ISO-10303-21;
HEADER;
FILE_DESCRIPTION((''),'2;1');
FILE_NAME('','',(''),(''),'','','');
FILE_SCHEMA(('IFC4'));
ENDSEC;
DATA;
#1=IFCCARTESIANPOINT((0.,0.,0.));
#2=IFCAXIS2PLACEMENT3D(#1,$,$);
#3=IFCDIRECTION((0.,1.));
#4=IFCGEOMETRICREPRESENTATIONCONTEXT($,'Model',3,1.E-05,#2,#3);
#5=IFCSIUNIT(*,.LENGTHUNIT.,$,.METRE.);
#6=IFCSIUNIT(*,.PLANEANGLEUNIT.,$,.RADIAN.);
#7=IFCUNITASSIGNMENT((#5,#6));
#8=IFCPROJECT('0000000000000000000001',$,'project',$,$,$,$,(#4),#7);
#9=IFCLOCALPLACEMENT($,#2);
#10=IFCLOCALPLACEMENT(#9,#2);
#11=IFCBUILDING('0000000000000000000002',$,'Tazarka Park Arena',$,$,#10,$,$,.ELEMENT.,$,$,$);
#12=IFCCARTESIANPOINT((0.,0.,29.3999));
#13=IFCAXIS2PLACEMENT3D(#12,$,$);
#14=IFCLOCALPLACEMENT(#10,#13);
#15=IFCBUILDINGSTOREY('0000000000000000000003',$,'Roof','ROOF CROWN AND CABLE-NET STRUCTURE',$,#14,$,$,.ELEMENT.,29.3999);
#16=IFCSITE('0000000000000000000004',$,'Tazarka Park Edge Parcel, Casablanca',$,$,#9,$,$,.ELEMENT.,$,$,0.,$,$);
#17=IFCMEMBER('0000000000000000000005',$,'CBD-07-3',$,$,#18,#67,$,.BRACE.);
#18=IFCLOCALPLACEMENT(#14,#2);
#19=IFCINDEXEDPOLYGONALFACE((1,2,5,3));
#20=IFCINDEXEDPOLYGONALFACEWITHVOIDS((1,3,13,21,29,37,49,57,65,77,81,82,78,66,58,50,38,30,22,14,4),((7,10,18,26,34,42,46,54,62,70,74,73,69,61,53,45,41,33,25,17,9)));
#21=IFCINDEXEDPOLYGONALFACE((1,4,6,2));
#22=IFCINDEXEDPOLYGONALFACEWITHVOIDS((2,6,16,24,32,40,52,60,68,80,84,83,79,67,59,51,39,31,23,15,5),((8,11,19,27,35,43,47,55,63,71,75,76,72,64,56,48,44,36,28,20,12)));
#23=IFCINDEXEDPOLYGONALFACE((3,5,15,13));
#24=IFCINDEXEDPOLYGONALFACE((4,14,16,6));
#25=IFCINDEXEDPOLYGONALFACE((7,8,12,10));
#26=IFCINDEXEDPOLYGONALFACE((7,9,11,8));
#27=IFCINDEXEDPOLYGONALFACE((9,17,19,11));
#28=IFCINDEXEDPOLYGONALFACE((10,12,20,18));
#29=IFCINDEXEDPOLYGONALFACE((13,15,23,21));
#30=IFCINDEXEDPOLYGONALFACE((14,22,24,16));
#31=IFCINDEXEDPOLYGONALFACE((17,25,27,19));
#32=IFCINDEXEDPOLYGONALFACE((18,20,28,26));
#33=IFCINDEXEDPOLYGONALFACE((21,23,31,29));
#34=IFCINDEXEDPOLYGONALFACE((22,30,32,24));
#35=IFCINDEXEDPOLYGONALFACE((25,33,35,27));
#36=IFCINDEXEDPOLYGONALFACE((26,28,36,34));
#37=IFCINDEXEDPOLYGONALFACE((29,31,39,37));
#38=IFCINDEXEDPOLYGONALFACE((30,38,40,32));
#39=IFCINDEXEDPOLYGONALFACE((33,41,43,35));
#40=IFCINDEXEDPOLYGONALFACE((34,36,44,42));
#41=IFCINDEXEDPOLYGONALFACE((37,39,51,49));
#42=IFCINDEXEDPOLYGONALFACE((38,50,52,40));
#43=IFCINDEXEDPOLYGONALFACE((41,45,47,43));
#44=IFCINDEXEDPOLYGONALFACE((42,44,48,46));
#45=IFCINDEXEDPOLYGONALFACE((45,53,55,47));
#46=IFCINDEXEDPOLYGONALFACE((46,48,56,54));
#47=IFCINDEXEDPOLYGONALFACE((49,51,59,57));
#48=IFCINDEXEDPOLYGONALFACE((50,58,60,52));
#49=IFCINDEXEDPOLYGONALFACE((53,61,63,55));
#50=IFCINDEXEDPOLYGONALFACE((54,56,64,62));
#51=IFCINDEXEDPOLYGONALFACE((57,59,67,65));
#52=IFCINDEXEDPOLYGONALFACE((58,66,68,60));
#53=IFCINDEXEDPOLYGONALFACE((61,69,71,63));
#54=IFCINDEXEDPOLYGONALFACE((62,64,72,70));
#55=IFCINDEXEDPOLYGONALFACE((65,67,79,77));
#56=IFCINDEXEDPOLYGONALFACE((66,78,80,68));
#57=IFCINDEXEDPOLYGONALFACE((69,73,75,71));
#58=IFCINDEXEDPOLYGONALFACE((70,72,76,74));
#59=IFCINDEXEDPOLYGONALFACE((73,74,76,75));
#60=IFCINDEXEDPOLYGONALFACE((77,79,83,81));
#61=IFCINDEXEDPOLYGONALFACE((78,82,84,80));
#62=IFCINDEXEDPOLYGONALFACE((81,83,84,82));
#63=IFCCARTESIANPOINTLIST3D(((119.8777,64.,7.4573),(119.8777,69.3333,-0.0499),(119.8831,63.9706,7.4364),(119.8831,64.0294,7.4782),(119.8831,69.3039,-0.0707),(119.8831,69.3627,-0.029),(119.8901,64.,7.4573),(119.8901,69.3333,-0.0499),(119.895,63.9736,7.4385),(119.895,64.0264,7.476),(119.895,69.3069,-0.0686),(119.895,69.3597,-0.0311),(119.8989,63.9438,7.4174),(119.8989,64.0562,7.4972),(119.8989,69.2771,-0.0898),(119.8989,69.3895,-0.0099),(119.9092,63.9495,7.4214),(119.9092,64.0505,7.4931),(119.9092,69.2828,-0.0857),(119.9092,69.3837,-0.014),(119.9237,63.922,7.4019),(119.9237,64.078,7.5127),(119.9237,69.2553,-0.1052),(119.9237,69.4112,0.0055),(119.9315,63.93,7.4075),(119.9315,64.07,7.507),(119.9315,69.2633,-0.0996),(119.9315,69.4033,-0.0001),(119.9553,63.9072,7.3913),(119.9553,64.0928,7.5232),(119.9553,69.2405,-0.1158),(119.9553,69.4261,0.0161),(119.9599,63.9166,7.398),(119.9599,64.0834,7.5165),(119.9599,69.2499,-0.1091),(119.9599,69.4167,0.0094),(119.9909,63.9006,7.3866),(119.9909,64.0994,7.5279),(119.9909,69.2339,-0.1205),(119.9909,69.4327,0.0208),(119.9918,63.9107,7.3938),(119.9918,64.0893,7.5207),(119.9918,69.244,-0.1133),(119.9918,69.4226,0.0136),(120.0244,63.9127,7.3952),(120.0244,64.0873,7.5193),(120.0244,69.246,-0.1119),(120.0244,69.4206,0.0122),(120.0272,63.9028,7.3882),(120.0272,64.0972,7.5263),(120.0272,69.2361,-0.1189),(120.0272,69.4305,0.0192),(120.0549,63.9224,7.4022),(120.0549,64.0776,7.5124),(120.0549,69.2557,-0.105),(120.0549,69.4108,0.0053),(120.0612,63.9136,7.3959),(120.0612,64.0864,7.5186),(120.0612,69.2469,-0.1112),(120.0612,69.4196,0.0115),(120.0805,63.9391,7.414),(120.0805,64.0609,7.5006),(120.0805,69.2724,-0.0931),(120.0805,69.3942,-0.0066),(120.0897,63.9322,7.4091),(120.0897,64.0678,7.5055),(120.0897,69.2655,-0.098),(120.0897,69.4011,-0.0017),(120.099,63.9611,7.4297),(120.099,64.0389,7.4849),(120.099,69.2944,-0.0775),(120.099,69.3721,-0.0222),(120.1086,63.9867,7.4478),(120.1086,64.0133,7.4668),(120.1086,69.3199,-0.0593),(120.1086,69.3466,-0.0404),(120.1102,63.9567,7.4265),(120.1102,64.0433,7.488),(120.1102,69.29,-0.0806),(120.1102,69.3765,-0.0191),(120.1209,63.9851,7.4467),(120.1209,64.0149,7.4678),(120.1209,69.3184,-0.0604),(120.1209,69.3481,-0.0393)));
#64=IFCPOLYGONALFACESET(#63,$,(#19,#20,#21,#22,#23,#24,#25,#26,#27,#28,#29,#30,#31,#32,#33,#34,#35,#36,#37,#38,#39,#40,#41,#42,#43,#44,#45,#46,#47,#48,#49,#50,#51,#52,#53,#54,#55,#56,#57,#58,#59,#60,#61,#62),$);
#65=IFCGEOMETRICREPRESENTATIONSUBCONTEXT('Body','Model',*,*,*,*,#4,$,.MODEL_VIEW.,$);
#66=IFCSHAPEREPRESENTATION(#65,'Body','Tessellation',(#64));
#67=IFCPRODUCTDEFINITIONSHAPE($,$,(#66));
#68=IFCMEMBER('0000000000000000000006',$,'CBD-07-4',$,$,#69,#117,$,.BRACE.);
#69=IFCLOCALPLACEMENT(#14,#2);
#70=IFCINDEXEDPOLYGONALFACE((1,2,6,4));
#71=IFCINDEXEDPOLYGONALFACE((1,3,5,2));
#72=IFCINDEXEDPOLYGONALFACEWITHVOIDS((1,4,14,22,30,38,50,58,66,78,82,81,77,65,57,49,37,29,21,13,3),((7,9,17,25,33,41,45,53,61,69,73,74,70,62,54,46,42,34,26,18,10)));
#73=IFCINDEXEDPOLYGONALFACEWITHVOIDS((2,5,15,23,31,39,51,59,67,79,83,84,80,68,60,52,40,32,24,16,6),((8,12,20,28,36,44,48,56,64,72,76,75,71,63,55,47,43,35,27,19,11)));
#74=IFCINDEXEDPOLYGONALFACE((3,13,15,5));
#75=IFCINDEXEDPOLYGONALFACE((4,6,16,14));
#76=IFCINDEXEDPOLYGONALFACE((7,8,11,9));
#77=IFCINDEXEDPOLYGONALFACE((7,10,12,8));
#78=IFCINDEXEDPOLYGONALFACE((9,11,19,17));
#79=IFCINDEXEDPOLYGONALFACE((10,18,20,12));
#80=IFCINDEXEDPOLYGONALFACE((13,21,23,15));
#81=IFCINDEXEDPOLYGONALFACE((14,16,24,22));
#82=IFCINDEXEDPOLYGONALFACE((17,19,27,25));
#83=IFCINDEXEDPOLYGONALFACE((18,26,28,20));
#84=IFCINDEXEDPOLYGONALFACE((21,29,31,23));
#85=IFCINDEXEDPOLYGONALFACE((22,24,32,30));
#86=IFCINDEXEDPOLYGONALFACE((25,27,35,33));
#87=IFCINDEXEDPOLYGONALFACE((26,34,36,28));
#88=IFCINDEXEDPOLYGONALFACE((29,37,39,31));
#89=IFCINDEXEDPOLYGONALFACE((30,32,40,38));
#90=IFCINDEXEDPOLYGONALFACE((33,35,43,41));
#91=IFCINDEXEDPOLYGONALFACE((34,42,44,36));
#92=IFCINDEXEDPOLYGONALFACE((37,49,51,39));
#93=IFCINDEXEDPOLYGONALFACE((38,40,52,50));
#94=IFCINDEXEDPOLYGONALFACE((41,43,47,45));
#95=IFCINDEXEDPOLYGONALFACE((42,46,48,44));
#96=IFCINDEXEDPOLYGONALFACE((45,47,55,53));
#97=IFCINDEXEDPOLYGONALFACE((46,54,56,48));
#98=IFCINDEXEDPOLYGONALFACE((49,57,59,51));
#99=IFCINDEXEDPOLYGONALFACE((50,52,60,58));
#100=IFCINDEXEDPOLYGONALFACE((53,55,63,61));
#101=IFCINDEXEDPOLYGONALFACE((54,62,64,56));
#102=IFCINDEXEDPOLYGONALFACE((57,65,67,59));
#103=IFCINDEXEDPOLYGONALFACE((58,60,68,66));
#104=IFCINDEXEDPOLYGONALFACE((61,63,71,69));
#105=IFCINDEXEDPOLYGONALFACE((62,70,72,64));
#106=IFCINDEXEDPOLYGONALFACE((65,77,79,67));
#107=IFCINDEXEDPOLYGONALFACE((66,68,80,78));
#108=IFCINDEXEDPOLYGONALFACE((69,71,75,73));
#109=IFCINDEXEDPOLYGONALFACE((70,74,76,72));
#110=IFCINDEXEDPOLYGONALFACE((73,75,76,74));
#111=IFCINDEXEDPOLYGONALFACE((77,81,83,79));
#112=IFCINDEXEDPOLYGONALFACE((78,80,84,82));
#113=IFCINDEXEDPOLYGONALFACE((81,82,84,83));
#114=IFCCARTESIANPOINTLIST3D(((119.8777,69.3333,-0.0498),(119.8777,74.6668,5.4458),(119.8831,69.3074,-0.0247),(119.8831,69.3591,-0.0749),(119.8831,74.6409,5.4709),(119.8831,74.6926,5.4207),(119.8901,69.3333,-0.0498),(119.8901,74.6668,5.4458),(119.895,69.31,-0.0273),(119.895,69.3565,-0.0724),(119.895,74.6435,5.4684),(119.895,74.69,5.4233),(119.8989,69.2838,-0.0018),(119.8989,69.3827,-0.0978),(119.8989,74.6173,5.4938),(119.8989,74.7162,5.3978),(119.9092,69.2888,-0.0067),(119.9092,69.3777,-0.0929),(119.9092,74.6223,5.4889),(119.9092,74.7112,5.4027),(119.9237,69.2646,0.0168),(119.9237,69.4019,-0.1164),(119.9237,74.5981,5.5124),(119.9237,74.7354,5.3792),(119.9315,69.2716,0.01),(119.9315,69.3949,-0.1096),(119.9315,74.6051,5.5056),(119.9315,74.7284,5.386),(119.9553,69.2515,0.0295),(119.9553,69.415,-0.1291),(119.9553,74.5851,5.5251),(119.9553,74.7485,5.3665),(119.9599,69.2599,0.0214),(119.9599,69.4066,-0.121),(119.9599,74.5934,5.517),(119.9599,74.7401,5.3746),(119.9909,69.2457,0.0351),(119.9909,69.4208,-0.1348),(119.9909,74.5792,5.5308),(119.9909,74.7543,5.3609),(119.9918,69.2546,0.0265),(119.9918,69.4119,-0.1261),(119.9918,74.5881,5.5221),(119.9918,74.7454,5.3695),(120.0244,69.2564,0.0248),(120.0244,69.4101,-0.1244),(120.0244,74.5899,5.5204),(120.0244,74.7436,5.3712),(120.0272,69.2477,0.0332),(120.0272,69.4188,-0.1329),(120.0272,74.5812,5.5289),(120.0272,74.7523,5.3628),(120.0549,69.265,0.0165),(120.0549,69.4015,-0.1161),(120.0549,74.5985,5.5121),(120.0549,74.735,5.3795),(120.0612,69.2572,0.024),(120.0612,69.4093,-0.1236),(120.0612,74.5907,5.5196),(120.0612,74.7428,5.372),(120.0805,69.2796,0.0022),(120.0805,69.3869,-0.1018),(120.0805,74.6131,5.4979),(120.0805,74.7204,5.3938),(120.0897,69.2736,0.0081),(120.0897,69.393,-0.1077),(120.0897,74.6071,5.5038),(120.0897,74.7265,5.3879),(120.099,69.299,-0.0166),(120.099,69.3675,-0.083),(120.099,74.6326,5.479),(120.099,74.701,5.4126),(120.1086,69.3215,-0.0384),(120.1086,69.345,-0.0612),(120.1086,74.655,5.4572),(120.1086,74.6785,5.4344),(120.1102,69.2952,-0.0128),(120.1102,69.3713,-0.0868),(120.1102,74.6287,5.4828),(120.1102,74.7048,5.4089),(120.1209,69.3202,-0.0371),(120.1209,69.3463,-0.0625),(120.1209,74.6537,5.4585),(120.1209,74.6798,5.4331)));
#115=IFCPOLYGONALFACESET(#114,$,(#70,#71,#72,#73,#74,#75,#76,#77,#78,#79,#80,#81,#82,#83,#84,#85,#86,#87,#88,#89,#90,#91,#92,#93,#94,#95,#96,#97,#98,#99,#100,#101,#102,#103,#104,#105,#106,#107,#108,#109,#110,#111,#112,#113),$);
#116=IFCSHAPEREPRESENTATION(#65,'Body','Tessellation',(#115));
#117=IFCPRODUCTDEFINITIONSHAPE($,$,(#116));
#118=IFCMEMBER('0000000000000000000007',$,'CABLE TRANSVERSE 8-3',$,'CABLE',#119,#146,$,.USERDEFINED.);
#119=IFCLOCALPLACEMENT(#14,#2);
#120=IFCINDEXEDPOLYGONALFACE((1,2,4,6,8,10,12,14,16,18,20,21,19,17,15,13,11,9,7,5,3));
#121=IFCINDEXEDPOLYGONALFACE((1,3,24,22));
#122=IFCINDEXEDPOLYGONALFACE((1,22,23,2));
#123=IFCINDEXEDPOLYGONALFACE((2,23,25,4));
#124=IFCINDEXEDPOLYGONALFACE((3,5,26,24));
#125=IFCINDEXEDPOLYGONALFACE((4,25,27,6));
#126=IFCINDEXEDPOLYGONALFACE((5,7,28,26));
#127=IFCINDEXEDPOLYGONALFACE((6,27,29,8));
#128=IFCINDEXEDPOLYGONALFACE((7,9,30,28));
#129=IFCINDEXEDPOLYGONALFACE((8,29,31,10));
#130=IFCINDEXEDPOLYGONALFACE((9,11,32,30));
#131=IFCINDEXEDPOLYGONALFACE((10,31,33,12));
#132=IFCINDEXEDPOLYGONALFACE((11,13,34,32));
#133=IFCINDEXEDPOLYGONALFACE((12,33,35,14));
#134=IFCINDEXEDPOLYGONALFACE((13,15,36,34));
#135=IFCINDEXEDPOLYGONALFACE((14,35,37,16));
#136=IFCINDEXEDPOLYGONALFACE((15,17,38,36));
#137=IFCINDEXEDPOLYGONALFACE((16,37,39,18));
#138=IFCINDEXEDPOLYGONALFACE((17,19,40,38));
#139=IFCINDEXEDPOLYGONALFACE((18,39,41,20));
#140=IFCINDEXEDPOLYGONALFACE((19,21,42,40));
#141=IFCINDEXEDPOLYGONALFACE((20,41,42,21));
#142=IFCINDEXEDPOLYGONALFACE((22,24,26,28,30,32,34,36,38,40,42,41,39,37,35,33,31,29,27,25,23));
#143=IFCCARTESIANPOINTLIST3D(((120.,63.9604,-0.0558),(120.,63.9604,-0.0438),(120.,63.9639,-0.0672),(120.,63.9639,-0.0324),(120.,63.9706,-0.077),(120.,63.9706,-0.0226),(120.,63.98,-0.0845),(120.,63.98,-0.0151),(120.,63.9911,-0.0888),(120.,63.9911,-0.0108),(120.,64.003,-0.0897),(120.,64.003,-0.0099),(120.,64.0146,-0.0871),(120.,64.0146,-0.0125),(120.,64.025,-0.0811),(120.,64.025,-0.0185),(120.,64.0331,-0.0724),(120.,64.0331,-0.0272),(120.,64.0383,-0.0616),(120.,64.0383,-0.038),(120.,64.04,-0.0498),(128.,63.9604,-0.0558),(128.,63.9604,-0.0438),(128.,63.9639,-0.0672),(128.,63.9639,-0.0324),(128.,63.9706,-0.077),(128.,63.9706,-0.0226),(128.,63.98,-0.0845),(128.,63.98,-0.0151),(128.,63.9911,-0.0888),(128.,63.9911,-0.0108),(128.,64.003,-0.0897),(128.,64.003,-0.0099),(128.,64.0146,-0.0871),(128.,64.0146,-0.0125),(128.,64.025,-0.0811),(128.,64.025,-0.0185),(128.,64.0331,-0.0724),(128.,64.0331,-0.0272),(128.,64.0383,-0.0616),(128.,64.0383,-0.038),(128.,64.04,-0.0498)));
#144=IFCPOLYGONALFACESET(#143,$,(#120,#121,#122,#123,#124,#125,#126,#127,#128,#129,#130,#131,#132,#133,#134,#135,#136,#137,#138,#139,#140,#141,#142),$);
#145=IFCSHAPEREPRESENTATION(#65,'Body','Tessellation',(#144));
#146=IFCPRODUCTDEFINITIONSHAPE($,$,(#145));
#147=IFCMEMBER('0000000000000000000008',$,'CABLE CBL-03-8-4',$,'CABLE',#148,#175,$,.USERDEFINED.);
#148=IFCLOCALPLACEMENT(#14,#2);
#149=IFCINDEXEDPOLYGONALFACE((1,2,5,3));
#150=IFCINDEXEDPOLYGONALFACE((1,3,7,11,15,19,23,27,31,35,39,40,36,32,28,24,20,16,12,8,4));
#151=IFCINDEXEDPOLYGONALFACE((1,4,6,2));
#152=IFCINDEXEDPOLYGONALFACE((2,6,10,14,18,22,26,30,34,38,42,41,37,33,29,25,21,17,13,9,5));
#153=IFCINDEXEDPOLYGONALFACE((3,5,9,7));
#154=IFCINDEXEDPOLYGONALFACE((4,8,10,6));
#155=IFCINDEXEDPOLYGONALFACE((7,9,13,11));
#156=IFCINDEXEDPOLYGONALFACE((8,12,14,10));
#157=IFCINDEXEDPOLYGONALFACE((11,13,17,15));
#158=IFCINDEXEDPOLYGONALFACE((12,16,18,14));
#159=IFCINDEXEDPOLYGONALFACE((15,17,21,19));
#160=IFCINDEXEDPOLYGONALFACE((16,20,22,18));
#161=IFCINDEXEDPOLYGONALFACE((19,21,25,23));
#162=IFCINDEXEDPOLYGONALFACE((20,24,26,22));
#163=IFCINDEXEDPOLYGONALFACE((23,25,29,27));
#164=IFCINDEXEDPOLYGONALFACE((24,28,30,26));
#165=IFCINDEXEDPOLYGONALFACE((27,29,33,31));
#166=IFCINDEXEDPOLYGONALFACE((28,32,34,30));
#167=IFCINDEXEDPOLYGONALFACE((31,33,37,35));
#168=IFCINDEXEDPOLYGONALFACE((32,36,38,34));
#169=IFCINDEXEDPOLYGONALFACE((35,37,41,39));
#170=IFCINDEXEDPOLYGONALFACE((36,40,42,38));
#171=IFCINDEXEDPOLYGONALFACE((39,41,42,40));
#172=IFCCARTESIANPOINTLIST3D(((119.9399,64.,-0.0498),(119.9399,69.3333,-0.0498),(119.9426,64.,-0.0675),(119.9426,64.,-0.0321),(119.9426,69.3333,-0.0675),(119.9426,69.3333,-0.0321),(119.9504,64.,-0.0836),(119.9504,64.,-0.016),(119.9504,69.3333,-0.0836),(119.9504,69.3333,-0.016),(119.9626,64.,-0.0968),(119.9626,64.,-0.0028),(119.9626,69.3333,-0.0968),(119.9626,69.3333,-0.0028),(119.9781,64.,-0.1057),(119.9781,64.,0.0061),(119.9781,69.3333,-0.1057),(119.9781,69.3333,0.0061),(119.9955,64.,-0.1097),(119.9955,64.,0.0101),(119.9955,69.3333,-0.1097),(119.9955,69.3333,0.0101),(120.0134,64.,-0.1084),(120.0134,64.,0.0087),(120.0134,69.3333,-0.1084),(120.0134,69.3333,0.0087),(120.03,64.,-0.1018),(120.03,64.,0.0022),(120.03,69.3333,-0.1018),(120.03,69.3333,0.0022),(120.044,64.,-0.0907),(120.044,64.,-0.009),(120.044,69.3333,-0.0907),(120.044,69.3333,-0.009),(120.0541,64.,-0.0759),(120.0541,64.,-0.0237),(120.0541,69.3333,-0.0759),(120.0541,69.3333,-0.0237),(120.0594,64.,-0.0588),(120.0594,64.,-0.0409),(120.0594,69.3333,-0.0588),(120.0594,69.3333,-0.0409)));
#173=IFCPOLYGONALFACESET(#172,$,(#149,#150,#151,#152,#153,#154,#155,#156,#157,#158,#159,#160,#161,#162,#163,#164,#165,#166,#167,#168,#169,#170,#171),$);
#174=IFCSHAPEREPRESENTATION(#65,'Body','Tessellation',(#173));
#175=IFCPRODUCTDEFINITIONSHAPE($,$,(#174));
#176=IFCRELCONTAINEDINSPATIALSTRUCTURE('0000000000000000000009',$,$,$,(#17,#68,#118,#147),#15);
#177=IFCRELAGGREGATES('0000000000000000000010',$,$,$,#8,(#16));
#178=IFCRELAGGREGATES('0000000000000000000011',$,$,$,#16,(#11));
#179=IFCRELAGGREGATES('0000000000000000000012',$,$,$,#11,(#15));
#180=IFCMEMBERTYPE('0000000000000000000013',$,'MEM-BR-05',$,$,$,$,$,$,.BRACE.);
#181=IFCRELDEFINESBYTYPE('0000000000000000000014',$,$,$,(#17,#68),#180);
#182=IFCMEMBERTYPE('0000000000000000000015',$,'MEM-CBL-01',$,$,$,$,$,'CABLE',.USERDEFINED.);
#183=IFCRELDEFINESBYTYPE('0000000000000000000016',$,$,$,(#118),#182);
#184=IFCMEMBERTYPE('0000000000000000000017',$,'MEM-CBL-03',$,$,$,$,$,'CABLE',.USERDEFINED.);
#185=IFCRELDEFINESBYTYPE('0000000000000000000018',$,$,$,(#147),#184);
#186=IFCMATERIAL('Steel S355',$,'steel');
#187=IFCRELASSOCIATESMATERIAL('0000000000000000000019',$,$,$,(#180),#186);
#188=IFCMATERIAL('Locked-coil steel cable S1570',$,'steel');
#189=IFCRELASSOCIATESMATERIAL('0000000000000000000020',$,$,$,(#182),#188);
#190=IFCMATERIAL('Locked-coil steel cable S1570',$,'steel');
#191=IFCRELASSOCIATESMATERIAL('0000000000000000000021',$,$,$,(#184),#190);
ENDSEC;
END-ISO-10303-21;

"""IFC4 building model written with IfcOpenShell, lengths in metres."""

from ifc_helpers import new_model, si_unit, direction, frame, origin, origin_2d, place, context, subcontext, project, spatial, circle, hollow_circle, extrude, material, material_profile, profile_set, type_object, element, save


model = new_model("IFC4")

# Units and contexts
model_context = context("Model", 3, precision=1e-05, world=origin(), true_north=direction((0.0, 1.0)))
body_context = subcontext(model_context, "Body", "Model", "MODEL_VIEW")
ifc_project = project(units=[si_unit("LENGTHUNIT", "METRE"), si_unit("PLANEANGLEUNIT", "RADIAN")], contexts=[model_context])

# Site, building, storey
site_placement = place(None, origin())
site = spatial("IfcSite", under=ifc_project, at=site_placement, Name="Tazarka Park Edge Parcel, Casablanca", CompositionType="ELEMENT", RefElevation=0.0)
building_placement = place(site_placement, origin())
building = spatial("IfcBuilding", under=site, at=building_placement, Name="Tazarka Park Arena", CompositionType="ELEMENT")
storey_placement = place(building_placement, frame((0.0, 0.0, 29.3999)))
storey = spatial("IfcBuildingStorey", under=building, at=storey_placement, Name="Roof", Description="ROOF CROWN AND CABLE-NET STRUCTURE", CompositionType="ELEMENT", Elevation=29.3999)

# Members
ifc_material_1 = material(Name="Steel S355", Category="steel")
ifc_material_profile_1 = material_profile(ifc_material_1, hollow_circle(Radius=0.1223, WallThickness=0.0125, at=origin_2d()), Name="Steel S355")
ifc_profile_set_1 = profile_set([ifc_material_profile_1], Name="Steel S355")
member_type_1 = type_object("IfcMemberType", Name="MEM-BR-05", PredefinedType="BRACE", material=ifc_profile_set_1)
member_1_placement = place(storey_placement, frame((120.0, 64.0, 7.4573), z_axis=(0.0, 0.579155, -0.815218), x_axis=(-1.0, 0.0, 0.0)))
element("IfcMember", 1, at=member_1_placement, inside=storey, type_object=member_type_1, Name="CBD-07-3", PredefinedType="BRACE", context=body_context, shape_type="SweptSolid", body=[
    extrude(hollow_circle(Radius=0.1223, WallThickness=0.0125, at=origin_2d()), origin(), (0.0, 0.0, 1.0), 9.2087),
])
member_2_placement = place(storey_placement, frame((120.0, 69.3333, -0.0498), z_axis=(0.0, 0.696444, 0.717612), x_axis=(-1.0, 0.0, 0.0)))
element("IfcMember", 2, at=member_2_placement, inside=storey, type_object=member_type_1, Name="CBD-07-4", PredefinedType="BRACE", context=body_context, shape_type="SweptSolid", body=[
    extrude(hollow_circle(Radius=0.1223, WallThickness=0.0125, at=origin_2d()), origin(), (0.0, 0.0, 1.0), 7.6582),
])
ifc_material_2 = material(Name="Locked-coil steel cable S1570", Category="steel")
ifc_material_profile_2 = material_profile(ifc_material_2, circle(Radius=0.04, at=origin_2d()), Name="Locked-coil steel cable S1570")
ifc_profile_set_2 = profile_set([ifc_material_profile_2], Name="Locked-coil steel cable S1570")
member_type_2 = type_object("IfcMemberType", Name="MEM-CBL-01", ElementType="CABLE", PredefinedType="USERDEFINED", material=ifc_profile_set_2)
member_3_placement = place(storey_placement, frame((120.0, 64.0, -0.0498), z_axis=(1.0, 0.0, 0.0), x_axis=(0.0, 1.0, 0.0)))
element("IfcMember", 3, at=member_3_placement, inside=storey, type_object=member_type_2, Name="CABLE TRANSVERSE 8-3", ObjectType="CABLE", PredefinedType="USERDEFINED", context=body_context, shape_type="SweptSolid", body=[
    extrude(circle(Radius=0.04, at=origin_2d()), origin(), (0.0, 0.0, 1.0), 8.0),
])
ifc_material_3 = material(Name="Locked-coil steel cable S1570", Category="steel")
ifc_material_profile_3 = material_profile(ifc_material_3, circle(Radius=0.0601, at=origin_2d()), Name="Locked-coil steel cable S1570")
ifc_profile_set_3 = profile_set([ifc_material_profile_3], Name="Locked-coil steel cable S1570")
member_type_3 = type_object("IfcMemberType", Name="MEM-CBL-03", ElementType="CABLE", PredefinedType="USERDEFINED", material=ifc_profile_set_3)
member_4_placement = place(storey_placement, frame((120.0, 64.0, -0.0498), z_axis=(0.0, 1.0, 0.0), x_axis=(-1.0, 0.0, 0.0)))
element("IfcMember", 4, at=member_4_placement, inside=storey, type_object=member_type_3, Name="CABLE CBL-03-8-4", ObjectType="CABLE", PredefinedType="USERDEFINED", context=body_context, shape_type="SweptSolid", body=[
    extrude(circle(Radius=0.0601, at=origin_2d()), origin(), (0.0, 0.0, 1.0), 5.3333),
])

save(model, "model.ifc")
